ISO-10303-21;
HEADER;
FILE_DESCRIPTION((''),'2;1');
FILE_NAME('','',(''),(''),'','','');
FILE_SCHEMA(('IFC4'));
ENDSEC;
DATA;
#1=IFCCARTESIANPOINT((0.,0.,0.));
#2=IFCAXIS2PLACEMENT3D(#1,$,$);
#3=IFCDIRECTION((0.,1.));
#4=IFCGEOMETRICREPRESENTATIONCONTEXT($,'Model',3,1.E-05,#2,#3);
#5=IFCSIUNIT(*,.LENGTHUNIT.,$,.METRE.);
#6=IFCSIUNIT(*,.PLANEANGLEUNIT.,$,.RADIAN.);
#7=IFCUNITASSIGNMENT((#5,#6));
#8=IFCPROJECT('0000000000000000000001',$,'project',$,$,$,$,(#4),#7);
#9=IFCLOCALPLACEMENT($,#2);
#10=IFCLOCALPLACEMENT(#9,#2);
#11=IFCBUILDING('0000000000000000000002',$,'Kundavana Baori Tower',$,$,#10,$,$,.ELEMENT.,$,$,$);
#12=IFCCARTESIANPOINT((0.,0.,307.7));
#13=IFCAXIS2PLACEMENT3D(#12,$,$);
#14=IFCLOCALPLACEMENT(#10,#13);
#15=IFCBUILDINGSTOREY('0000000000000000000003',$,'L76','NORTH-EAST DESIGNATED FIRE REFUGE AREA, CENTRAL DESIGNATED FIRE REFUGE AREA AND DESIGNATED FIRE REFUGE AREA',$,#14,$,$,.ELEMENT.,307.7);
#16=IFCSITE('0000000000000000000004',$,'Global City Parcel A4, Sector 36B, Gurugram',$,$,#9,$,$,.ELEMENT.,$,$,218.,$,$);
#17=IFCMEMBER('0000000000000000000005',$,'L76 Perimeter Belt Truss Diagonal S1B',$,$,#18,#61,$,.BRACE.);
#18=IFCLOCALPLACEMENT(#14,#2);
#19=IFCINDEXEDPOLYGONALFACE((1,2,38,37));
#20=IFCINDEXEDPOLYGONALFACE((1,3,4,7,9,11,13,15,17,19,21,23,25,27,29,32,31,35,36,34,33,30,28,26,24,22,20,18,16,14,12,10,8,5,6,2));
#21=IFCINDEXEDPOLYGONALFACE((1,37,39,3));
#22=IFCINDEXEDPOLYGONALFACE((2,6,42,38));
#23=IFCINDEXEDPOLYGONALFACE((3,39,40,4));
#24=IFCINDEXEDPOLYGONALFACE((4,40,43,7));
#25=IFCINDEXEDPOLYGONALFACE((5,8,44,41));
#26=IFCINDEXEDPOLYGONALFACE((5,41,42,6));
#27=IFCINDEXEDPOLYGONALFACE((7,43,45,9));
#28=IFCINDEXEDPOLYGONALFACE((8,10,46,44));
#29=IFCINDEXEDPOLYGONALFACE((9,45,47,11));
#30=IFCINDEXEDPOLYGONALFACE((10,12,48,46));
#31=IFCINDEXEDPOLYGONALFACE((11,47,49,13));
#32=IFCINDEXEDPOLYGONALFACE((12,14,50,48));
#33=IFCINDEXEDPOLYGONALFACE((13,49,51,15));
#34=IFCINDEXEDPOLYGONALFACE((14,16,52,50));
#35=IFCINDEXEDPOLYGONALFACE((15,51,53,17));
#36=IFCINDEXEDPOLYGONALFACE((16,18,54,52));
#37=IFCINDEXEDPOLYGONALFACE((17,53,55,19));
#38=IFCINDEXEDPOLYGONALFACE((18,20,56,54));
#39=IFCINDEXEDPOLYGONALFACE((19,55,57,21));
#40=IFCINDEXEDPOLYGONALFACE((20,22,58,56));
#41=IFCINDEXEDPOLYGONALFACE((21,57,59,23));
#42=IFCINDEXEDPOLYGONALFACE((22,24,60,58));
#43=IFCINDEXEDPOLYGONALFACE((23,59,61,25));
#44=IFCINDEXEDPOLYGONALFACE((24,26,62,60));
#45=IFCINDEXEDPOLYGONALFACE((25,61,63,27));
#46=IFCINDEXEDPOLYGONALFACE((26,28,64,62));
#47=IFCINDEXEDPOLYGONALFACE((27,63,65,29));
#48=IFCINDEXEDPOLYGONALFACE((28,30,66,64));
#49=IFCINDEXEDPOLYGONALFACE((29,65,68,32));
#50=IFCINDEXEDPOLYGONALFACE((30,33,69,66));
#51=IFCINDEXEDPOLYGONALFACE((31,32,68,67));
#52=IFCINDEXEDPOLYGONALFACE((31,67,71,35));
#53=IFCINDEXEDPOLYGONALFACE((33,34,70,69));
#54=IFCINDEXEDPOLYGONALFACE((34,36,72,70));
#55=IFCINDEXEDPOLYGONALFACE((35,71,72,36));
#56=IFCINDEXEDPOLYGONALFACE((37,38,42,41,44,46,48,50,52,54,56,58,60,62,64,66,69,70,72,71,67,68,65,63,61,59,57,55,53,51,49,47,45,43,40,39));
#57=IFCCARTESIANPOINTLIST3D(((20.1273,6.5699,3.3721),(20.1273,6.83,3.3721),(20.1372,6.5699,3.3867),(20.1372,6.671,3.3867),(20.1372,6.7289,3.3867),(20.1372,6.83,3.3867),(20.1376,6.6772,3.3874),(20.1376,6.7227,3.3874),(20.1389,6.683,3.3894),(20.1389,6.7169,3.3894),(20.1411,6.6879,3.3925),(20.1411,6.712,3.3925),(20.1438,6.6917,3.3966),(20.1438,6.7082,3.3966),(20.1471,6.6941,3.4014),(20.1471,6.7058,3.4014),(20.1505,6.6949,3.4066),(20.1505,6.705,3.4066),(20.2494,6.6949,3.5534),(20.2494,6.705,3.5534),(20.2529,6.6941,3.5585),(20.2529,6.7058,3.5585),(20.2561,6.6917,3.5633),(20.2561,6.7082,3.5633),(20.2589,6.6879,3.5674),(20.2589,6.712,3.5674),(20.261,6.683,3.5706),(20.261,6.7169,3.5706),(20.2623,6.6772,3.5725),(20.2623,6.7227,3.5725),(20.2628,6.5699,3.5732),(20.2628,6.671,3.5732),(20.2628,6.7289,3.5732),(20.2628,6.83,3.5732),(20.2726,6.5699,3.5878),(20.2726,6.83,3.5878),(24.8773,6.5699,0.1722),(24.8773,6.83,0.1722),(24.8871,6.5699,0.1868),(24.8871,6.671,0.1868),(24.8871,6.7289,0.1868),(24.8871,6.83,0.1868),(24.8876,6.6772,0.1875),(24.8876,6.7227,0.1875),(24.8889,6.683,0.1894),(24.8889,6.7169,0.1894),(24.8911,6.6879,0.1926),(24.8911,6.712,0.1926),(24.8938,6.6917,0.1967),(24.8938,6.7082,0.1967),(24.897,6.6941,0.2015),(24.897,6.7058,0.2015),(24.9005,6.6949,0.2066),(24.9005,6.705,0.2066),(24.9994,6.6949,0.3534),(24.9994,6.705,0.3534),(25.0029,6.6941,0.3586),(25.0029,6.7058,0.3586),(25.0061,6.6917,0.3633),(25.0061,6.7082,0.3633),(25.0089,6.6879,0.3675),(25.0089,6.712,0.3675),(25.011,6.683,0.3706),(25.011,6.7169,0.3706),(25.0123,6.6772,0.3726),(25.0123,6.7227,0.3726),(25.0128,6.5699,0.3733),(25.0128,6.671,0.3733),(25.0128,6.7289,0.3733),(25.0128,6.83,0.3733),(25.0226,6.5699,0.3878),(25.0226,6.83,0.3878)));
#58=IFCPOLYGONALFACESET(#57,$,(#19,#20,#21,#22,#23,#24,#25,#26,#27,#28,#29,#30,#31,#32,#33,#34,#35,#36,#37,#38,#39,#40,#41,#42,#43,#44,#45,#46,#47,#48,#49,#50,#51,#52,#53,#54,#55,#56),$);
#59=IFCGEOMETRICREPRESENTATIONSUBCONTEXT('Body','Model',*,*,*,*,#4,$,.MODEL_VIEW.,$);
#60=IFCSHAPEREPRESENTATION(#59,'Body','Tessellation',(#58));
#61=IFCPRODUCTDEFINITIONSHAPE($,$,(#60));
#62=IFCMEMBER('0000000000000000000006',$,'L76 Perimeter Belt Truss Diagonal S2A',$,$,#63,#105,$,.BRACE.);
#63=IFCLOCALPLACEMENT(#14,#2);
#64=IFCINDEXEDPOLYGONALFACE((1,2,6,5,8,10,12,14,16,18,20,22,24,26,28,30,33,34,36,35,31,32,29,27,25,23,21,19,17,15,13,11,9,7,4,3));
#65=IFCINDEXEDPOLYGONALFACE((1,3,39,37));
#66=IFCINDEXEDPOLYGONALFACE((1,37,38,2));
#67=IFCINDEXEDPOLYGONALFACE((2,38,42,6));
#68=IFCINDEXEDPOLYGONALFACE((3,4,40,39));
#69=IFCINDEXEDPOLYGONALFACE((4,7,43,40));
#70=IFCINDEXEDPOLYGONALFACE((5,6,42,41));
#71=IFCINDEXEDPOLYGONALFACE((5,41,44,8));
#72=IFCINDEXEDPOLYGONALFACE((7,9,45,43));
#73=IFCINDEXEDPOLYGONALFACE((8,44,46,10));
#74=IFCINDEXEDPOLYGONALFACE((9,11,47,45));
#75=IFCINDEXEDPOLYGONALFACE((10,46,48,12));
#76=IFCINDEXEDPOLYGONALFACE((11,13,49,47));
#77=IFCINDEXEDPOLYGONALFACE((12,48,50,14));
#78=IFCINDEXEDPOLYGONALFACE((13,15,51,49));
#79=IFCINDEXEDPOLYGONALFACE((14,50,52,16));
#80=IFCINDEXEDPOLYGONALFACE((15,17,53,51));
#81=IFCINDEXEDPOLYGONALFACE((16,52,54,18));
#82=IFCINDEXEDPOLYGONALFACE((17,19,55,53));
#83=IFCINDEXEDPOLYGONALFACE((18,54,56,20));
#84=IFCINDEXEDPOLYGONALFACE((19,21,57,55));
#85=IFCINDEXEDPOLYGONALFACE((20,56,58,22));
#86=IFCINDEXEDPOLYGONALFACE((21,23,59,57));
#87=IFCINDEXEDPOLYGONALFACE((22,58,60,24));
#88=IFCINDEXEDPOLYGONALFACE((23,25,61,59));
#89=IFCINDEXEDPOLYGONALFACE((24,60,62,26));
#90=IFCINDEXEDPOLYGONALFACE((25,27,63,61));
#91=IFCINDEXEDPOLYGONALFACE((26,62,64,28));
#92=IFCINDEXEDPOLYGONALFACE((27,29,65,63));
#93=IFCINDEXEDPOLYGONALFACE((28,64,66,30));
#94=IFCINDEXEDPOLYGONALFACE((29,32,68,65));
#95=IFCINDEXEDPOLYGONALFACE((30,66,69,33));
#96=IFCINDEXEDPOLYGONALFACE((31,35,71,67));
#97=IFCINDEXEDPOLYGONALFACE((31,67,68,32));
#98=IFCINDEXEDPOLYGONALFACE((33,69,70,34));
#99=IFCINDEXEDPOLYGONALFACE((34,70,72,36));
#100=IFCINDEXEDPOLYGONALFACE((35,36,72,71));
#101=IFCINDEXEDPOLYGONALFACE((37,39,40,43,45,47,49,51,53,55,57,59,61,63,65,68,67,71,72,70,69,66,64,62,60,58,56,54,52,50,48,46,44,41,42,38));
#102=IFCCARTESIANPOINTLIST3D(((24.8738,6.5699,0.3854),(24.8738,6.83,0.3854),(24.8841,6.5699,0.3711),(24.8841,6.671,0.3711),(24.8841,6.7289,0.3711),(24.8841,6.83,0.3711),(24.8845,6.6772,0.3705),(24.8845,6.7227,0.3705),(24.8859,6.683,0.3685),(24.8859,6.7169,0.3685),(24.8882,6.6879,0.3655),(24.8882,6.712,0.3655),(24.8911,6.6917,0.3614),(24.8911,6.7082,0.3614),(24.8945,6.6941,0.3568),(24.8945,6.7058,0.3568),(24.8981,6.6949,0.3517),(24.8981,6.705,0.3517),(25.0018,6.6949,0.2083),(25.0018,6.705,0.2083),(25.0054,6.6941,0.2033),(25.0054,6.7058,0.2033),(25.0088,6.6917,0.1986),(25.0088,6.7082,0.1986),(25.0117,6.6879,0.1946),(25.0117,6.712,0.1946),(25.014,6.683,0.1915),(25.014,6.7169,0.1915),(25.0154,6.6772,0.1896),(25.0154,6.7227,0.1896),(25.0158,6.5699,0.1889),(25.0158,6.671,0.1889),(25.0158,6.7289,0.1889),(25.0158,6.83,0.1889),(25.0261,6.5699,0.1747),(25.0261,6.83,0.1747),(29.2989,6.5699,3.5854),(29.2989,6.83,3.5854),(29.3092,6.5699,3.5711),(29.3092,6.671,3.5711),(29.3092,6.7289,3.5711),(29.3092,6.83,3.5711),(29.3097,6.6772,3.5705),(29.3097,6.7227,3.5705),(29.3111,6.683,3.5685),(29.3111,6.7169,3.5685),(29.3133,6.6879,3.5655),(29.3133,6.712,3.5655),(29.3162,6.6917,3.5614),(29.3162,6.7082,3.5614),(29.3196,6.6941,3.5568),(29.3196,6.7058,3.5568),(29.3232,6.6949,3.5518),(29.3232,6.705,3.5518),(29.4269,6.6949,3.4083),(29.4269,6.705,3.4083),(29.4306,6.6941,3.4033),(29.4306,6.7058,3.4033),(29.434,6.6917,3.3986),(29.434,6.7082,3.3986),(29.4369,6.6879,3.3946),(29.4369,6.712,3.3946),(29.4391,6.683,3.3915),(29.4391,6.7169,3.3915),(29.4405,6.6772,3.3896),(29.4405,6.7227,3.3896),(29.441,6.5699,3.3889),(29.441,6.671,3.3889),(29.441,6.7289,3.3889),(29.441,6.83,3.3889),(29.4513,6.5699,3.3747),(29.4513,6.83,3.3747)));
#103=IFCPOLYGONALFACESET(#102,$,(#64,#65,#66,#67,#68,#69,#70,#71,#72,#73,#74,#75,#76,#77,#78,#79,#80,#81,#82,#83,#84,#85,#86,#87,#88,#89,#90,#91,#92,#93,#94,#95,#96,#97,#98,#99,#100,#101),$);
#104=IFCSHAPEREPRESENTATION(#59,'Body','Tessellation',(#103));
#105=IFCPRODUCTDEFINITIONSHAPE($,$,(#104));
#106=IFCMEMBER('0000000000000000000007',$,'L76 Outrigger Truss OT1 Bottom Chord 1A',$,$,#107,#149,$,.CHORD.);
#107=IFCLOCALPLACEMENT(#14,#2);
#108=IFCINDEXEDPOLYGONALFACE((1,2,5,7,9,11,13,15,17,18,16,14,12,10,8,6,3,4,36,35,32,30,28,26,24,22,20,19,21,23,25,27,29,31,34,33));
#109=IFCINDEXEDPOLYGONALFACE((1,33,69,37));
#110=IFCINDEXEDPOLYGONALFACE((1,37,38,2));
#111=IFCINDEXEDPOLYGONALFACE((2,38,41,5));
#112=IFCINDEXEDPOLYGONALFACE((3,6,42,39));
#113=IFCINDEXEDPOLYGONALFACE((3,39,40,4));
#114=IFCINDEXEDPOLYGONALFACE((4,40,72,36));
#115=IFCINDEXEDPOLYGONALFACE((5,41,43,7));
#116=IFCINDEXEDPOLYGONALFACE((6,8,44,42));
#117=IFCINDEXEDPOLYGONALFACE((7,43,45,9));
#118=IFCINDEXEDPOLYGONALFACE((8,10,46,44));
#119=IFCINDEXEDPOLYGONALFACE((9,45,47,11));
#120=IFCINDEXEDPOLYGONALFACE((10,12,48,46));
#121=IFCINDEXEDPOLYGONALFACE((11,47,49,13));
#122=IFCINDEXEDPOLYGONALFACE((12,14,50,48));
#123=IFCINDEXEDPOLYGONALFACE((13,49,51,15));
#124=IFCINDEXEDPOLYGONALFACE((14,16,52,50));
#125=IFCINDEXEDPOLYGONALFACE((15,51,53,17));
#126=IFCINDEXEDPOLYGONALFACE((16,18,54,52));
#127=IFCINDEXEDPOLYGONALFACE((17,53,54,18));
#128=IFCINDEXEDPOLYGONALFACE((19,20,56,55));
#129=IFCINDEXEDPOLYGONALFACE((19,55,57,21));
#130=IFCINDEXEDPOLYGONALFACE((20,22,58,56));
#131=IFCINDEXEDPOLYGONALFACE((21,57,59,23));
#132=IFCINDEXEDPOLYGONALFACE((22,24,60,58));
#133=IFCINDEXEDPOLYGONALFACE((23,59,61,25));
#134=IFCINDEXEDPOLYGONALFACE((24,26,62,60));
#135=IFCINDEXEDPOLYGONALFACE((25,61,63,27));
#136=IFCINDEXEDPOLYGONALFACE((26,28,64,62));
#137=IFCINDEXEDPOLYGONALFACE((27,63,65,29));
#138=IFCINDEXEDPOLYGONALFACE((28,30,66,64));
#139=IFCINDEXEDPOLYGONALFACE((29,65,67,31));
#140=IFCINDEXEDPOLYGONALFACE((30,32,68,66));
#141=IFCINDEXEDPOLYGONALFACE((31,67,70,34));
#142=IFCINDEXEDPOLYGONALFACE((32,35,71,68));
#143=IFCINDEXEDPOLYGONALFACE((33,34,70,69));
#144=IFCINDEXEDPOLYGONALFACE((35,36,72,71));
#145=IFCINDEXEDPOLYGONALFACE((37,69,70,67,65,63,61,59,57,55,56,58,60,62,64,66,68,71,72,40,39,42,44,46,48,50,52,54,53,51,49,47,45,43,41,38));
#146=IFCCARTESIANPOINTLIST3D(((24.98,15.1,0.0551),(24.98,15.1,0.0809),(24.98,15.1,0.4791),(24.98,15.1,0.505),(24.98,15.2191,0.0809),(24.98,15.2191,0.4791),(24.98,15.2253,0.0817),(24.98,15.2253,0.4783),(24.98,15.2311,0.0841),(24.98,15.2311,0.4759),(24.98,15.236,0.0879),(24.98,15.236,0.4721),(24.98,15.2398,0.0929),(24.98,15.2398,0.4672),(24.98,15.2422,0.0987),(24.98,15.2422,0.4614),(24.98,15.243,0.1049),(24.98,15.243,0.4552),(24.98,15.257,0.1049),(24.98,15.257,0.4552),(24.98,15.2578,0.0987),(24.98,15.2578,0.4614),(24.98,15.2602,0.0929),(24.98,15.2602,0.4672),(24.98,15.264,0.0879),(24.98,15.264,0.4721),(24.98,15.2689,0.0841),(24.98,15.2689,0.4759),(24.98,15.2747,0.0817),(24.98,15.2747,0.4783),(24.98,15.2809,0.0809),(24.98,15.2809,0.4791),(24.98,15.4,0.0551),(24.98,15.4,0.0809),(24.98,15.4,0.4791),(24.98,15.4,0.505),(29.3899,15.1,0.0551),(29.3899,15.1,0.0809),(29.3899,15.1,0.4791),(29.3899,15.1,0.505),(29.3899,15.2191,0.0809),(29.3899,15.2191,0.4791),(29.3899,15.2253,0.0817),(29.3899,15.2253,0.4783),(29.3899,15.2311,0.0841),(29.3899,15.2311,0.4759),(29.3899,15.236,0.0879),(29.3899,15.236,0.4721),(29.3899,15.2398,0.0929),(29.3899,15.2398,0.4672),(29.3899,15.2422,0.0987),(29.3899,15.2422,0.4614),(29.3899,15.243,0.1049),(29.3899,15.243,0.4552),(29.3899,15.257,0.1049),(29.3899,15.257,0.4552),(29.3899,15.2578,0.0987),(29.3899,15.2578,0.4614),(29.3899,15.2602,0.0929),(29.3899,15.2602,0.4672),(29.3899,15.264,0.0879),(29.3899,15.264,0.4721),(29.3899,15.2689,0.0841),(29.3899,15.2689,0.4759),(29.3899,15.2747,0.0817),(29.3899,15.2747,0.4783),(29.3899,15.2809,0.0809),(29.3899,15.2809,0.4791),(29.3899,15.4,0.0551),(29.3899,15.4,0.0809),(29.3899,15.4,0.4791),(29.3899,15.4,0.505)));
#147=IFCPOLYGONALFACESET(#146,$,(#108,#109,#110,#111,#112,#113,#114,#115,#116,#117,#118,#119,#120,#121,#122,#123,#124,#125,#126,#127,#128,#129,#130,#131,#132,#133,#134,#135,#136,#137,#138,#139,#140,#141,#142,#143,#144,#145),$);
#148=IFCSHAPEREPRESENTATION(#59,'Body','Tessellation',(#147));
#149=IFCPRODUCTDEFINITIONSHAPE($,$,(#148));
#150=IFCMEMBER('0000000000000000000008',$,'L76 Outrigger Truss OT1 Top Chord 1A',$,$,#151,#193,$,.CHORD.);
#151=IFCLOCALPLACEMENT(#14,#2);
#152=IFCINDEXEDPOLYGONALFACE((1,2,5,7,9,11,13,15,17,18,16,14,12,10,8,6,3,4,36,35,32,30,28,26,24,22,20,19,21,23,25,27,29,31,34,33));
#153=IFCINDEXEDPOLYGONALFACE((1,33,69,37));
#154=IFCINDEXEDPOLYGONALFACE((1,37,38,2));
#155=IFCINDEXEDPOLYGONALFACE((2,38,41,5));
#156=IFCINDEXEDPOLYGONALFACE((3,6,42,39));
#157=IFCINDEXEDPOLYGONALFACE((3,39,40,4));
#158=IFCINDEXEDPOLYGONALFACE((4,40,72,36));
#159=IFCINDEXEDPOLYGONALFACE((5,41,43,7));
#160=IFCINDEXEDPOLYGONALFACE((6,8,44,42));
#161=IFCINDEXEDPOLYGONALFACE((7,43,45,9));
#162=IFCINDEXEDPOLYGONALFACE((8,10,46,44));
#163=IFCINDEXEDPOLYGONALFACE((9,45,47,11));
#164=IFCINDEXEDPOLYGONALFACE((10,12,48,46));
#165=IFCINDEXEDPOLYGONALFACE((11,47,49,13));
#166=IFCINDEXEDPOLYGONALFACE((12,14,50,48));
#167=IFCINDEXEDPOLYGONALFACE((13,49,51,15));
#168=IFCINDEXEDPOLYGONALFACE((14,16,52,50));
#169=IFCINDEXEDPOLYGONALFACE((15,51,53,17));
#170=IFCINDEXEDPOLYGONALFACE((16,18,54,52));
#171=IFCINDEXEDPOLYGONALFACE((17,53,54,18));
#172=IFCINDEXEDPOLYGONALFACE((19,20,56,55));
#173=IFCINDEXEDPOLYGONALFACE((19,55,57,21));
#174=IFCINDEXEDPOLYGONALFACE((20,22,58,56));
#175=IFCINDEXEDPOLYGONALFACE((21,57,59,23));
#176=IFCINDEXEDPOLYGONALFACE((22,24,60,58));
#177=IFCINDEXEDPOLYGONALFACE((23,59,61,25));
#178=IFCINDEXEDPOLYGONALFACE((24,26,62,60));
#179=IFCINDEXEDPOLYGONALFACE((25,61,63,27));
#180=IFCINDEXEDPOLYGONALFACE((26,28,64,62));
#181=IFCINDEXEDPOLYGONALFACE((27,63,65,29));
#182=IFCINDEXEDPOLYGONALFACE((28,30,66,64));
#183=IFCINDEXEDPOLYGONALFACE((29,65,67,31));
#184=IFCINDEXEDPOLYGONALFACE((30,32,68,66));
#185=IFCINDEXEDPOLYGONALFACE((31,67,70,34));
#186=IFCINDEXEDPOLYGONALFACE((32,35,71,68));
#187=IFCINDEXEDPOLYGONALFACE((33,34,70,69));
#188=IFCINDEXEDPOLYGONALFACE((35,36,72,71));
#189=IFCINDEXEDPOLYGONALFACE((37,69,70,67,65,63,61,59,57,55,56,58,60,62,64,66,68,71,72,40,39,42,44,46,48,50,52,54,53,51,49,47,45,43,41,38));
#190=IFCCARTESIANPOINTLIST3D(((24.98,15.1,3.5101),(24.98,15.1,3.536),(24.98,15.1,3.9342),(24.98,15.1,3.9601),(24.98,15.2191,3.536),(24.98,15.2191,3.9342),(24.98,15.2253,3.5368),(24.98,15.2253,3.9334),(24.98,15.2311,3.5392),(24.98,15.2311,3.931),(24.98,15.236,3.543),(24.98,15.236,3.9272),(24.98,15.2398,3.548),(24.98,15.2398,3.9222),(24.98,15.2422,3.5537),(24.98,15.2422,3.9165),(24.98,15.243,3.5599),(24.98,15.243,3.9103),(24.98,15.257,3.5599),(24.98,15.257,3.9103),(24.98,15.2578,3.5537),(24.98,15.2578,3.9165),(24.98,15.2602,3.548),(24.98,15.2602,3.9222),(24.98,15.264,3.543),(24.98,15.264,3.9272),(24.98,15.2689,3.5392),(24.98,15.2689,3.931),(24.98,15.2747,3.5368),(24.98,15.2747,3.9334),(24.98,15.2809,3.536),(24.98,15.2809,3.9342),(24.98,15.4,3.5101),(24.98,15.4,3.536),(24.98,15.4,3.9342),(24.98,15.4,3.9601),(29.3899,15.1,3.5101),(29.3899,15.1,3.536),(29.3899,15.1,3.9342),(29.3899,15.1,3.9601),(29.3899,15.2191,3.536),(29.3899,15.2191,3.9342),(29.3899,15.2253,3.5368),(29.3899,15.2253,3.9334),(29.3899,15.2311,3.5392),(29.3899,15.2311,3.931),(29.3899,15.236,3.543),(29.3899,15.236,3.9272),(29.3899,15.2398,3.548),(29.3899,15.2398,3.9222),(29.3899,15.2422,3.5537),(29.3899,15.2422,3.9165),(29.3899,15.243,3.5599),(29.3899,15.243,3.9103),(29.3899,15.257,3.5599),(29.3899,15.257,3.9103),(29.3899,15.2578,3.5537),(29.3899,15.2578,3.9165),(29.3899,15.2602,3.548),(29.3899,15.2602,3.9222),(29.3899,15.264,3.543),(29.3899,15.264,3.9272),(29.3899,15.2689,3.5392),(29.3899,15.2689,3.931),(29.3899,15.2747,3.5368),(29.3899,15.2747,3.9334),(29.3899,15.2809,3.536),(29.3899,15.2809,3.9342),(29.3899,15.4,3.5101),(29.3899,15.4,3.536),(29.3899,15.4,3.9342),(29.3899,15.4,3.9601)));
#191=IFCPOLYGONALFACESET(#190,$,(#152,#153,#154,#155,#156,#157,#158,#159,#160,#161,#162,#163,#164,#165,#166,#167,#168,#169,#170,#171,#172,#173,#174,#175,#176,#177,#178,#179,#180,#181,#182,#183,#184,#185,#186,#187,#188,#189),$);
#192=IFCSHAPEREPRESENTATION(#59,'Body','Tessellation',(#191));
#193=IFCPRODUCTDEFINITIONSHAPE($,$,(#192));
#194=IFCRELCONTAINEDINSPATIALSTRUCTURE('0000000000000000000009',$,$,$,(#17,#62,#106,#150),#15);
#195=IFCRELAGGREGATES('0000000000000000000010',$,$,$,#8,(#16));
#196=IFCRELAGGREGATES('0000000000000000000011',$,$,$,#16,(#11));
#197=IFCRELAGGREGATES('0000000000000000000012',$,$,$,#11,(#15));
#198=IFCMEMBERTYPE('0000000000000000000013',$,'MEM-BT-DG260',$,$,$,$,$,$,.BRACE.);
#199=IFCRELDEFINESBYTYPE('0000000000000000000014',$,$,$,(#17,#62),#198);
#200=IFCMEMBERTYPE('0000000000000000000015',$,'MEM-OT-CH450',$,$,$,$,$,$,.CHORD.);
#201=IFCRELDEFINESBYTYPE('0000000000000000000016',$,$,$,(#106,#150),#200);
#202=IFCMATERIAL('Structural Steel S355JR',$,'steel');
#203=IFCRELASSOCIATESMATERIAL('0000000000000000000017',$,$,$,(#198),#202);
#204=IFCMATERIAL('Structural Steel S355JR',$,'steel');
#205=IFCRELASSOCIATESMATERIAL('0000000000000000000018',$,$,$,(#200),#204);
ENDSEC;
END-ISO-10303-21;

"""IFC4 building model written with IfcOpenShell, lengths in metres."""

from ifc_helpers import new_model, si_unit, direction, frame, origin, origin_2d, place, context, subcontext, project, spatial, i_section, extrude, material, material_profile, profile_set, type_object, element, save


model = new_model("IFC4")

# Units and contexts
model_context = context("Model", 3, precision=1e-05, world=origin(), true_north=direction((0.0, 1.0)))
body_context = subcontext(model_context, "Body", "Model", "MODEL_VIEW")
ifc_project = project(units=[si_unit("LENGTHUNIT", "METRE"), si_unit("PLANEANGLEUNIT", "RADIAN")], contexts=[model_context])

# Site, building, storey
site_placement = place(None, origin())
site = spatial("IfcSite", under=ifc_project, at=site_placement, Name="Global City Parcel A4, Sector 36B, Gurugram", CompositionType="ELEMENT", RefElevation=218.0)
building_placement = place(site_placement, origin())
building = spatial("IfcBuilding", under=site, at=building_placement, Name="Kundavana Baori Tower", CompositionType="ELEMENT")
storey_placement = place(building_placement, frame((0.0, 0.0, 307.7)))
storey = spatial("IfcBuildingStorey", under=building, at=storey_placement, Name="L76", Description="NORTH-EAST DESIGNATED FIRE REFUGE AREA, CENTRAL DESIGNATED FIRE REFUGE AREA AND DESIGNATED FIRE REFUGE AREA", CompositionType="ELEMENT", Elevation=307.7)

# Members
ifc_material_1 = material(Name="Structural Steel S355JR", Category="steel")
ifc_material_profile_1 = material_profile(ifc_material_1, i_section(OverallWidth=0.26, OverallDepth=0.26, WebThickness=0.01, FlangeThickness=0.0176, FilletRadius=0.0239, at=origin_2d()), Name="WPB 260x260x93")
ifc_profile_set_1 = profile_set([ifc_material_profile_1], Name="Structural Steel S355JR")
member_type_1 = type_object("IfcMemberType", Name="MEM-BT-DG260", PredefinedType="BRACE", material=ifc_profile_set_1)
member_1_placement = place(storey_placement, frame((24.95, 6.7, 0.28), z_axis=(-0.829358, 0.0, 0.558717), x_axis=(0.0, -1.0, 0.0)))
element("IfcMember", 1, at=member_1_placement, inside=storey, type_object=member_type_1, Name="L76 Perimeter Belt Truss Diagonal S1B", PredefinedType="BRACE", context=body_context, shape_type="SweptSolid", body=[
    extrude(i_section(OverallWidth=0.26, OverallDepth=0.26, WebThickness=0.01, FlangeThickness=0.0176, FilletRadius=0.0239, at=origin_2d()), origin(), (0.0, 0.0, 1.0), 5.7273),
])
member_2_placement = place(storey_placement, frame((24.95, 6.7, 0.28), z_axis=(0.810324, 0.0, 0.585982), x_axis=(0.0, 1.0, 0.0)))
element("IfcMember", 2, at=member_2_placement, inside=storey, type_object=member_type_1, Name="L76 Perimeter Belt Truss Diagonal S2A", PredefinedType="BRACE", context=body_context, shape_type="SweptSolid", body=[
    extrude(i_section(OverallWidth=0.26, OverallDepth=0.26, WebThickness=0.01, FlangeThickness=0.0176, FilletRadius=0.0239, at=origin_2d()), origin(), (0.0, 0.0, 1.0), 5.4609),
])
ifc_material_2 = material(Name="Structural Steel S355JR", Category="steel")
ifc_material_profile_2 = material_profile(ifc_material_2, i_section(OverallWidth=0.3, OverallDepth=0.45, WebThickness=0.0139, FlangeThickness=0.0259, FilletRadius=0.0239, at=origin_2d()), Name="WPB 450x300x142")
ifc_profile_set_2 = profile_set([ifc_material_profile_2], Name="Structural Steel S355JR")
member_type_2 = type_object("IfcMemberType", Name="MEM-OT-CH450", PredefinedType="CHORD", material=ifc_profile_set_2)
for number, where, z_axis, x_axis, name in (
    (3, (24.98, 15.25, 0.28), (1.0, 0.0, 0.0), (0.0, 1.0, 0.0), "L76 Outrigger Truss OT1 Bottom Chord 1A"),
    (4, (24.98, 15.25, 3.7351), (1.0, 0.0, 0.0), (0.0, 1.0, 0.0), "L76 Outrigger Truss OT1 Top Chord 1A"),
):
    element("IfcMember", number, at=place(storey_placement, frame(where, z_axis=z_axis, x_axis=x_axis)), inside=storey, type_object=member_type_2, Name=name, PredefinedType="CHORD", context=body_context, shape_type="SweptSolid", body=[
        extrude(i_section(OverallWidth=0.3, OverallDepth=0.45, WebThickness=0.0139, FlangeThickness=0.0259, FilletRadius=0.0239, at=origin_2d()), origin(), (0.0, 0.0, 1.0), 4.4099),
    ])

save(model, "model.ifc")
